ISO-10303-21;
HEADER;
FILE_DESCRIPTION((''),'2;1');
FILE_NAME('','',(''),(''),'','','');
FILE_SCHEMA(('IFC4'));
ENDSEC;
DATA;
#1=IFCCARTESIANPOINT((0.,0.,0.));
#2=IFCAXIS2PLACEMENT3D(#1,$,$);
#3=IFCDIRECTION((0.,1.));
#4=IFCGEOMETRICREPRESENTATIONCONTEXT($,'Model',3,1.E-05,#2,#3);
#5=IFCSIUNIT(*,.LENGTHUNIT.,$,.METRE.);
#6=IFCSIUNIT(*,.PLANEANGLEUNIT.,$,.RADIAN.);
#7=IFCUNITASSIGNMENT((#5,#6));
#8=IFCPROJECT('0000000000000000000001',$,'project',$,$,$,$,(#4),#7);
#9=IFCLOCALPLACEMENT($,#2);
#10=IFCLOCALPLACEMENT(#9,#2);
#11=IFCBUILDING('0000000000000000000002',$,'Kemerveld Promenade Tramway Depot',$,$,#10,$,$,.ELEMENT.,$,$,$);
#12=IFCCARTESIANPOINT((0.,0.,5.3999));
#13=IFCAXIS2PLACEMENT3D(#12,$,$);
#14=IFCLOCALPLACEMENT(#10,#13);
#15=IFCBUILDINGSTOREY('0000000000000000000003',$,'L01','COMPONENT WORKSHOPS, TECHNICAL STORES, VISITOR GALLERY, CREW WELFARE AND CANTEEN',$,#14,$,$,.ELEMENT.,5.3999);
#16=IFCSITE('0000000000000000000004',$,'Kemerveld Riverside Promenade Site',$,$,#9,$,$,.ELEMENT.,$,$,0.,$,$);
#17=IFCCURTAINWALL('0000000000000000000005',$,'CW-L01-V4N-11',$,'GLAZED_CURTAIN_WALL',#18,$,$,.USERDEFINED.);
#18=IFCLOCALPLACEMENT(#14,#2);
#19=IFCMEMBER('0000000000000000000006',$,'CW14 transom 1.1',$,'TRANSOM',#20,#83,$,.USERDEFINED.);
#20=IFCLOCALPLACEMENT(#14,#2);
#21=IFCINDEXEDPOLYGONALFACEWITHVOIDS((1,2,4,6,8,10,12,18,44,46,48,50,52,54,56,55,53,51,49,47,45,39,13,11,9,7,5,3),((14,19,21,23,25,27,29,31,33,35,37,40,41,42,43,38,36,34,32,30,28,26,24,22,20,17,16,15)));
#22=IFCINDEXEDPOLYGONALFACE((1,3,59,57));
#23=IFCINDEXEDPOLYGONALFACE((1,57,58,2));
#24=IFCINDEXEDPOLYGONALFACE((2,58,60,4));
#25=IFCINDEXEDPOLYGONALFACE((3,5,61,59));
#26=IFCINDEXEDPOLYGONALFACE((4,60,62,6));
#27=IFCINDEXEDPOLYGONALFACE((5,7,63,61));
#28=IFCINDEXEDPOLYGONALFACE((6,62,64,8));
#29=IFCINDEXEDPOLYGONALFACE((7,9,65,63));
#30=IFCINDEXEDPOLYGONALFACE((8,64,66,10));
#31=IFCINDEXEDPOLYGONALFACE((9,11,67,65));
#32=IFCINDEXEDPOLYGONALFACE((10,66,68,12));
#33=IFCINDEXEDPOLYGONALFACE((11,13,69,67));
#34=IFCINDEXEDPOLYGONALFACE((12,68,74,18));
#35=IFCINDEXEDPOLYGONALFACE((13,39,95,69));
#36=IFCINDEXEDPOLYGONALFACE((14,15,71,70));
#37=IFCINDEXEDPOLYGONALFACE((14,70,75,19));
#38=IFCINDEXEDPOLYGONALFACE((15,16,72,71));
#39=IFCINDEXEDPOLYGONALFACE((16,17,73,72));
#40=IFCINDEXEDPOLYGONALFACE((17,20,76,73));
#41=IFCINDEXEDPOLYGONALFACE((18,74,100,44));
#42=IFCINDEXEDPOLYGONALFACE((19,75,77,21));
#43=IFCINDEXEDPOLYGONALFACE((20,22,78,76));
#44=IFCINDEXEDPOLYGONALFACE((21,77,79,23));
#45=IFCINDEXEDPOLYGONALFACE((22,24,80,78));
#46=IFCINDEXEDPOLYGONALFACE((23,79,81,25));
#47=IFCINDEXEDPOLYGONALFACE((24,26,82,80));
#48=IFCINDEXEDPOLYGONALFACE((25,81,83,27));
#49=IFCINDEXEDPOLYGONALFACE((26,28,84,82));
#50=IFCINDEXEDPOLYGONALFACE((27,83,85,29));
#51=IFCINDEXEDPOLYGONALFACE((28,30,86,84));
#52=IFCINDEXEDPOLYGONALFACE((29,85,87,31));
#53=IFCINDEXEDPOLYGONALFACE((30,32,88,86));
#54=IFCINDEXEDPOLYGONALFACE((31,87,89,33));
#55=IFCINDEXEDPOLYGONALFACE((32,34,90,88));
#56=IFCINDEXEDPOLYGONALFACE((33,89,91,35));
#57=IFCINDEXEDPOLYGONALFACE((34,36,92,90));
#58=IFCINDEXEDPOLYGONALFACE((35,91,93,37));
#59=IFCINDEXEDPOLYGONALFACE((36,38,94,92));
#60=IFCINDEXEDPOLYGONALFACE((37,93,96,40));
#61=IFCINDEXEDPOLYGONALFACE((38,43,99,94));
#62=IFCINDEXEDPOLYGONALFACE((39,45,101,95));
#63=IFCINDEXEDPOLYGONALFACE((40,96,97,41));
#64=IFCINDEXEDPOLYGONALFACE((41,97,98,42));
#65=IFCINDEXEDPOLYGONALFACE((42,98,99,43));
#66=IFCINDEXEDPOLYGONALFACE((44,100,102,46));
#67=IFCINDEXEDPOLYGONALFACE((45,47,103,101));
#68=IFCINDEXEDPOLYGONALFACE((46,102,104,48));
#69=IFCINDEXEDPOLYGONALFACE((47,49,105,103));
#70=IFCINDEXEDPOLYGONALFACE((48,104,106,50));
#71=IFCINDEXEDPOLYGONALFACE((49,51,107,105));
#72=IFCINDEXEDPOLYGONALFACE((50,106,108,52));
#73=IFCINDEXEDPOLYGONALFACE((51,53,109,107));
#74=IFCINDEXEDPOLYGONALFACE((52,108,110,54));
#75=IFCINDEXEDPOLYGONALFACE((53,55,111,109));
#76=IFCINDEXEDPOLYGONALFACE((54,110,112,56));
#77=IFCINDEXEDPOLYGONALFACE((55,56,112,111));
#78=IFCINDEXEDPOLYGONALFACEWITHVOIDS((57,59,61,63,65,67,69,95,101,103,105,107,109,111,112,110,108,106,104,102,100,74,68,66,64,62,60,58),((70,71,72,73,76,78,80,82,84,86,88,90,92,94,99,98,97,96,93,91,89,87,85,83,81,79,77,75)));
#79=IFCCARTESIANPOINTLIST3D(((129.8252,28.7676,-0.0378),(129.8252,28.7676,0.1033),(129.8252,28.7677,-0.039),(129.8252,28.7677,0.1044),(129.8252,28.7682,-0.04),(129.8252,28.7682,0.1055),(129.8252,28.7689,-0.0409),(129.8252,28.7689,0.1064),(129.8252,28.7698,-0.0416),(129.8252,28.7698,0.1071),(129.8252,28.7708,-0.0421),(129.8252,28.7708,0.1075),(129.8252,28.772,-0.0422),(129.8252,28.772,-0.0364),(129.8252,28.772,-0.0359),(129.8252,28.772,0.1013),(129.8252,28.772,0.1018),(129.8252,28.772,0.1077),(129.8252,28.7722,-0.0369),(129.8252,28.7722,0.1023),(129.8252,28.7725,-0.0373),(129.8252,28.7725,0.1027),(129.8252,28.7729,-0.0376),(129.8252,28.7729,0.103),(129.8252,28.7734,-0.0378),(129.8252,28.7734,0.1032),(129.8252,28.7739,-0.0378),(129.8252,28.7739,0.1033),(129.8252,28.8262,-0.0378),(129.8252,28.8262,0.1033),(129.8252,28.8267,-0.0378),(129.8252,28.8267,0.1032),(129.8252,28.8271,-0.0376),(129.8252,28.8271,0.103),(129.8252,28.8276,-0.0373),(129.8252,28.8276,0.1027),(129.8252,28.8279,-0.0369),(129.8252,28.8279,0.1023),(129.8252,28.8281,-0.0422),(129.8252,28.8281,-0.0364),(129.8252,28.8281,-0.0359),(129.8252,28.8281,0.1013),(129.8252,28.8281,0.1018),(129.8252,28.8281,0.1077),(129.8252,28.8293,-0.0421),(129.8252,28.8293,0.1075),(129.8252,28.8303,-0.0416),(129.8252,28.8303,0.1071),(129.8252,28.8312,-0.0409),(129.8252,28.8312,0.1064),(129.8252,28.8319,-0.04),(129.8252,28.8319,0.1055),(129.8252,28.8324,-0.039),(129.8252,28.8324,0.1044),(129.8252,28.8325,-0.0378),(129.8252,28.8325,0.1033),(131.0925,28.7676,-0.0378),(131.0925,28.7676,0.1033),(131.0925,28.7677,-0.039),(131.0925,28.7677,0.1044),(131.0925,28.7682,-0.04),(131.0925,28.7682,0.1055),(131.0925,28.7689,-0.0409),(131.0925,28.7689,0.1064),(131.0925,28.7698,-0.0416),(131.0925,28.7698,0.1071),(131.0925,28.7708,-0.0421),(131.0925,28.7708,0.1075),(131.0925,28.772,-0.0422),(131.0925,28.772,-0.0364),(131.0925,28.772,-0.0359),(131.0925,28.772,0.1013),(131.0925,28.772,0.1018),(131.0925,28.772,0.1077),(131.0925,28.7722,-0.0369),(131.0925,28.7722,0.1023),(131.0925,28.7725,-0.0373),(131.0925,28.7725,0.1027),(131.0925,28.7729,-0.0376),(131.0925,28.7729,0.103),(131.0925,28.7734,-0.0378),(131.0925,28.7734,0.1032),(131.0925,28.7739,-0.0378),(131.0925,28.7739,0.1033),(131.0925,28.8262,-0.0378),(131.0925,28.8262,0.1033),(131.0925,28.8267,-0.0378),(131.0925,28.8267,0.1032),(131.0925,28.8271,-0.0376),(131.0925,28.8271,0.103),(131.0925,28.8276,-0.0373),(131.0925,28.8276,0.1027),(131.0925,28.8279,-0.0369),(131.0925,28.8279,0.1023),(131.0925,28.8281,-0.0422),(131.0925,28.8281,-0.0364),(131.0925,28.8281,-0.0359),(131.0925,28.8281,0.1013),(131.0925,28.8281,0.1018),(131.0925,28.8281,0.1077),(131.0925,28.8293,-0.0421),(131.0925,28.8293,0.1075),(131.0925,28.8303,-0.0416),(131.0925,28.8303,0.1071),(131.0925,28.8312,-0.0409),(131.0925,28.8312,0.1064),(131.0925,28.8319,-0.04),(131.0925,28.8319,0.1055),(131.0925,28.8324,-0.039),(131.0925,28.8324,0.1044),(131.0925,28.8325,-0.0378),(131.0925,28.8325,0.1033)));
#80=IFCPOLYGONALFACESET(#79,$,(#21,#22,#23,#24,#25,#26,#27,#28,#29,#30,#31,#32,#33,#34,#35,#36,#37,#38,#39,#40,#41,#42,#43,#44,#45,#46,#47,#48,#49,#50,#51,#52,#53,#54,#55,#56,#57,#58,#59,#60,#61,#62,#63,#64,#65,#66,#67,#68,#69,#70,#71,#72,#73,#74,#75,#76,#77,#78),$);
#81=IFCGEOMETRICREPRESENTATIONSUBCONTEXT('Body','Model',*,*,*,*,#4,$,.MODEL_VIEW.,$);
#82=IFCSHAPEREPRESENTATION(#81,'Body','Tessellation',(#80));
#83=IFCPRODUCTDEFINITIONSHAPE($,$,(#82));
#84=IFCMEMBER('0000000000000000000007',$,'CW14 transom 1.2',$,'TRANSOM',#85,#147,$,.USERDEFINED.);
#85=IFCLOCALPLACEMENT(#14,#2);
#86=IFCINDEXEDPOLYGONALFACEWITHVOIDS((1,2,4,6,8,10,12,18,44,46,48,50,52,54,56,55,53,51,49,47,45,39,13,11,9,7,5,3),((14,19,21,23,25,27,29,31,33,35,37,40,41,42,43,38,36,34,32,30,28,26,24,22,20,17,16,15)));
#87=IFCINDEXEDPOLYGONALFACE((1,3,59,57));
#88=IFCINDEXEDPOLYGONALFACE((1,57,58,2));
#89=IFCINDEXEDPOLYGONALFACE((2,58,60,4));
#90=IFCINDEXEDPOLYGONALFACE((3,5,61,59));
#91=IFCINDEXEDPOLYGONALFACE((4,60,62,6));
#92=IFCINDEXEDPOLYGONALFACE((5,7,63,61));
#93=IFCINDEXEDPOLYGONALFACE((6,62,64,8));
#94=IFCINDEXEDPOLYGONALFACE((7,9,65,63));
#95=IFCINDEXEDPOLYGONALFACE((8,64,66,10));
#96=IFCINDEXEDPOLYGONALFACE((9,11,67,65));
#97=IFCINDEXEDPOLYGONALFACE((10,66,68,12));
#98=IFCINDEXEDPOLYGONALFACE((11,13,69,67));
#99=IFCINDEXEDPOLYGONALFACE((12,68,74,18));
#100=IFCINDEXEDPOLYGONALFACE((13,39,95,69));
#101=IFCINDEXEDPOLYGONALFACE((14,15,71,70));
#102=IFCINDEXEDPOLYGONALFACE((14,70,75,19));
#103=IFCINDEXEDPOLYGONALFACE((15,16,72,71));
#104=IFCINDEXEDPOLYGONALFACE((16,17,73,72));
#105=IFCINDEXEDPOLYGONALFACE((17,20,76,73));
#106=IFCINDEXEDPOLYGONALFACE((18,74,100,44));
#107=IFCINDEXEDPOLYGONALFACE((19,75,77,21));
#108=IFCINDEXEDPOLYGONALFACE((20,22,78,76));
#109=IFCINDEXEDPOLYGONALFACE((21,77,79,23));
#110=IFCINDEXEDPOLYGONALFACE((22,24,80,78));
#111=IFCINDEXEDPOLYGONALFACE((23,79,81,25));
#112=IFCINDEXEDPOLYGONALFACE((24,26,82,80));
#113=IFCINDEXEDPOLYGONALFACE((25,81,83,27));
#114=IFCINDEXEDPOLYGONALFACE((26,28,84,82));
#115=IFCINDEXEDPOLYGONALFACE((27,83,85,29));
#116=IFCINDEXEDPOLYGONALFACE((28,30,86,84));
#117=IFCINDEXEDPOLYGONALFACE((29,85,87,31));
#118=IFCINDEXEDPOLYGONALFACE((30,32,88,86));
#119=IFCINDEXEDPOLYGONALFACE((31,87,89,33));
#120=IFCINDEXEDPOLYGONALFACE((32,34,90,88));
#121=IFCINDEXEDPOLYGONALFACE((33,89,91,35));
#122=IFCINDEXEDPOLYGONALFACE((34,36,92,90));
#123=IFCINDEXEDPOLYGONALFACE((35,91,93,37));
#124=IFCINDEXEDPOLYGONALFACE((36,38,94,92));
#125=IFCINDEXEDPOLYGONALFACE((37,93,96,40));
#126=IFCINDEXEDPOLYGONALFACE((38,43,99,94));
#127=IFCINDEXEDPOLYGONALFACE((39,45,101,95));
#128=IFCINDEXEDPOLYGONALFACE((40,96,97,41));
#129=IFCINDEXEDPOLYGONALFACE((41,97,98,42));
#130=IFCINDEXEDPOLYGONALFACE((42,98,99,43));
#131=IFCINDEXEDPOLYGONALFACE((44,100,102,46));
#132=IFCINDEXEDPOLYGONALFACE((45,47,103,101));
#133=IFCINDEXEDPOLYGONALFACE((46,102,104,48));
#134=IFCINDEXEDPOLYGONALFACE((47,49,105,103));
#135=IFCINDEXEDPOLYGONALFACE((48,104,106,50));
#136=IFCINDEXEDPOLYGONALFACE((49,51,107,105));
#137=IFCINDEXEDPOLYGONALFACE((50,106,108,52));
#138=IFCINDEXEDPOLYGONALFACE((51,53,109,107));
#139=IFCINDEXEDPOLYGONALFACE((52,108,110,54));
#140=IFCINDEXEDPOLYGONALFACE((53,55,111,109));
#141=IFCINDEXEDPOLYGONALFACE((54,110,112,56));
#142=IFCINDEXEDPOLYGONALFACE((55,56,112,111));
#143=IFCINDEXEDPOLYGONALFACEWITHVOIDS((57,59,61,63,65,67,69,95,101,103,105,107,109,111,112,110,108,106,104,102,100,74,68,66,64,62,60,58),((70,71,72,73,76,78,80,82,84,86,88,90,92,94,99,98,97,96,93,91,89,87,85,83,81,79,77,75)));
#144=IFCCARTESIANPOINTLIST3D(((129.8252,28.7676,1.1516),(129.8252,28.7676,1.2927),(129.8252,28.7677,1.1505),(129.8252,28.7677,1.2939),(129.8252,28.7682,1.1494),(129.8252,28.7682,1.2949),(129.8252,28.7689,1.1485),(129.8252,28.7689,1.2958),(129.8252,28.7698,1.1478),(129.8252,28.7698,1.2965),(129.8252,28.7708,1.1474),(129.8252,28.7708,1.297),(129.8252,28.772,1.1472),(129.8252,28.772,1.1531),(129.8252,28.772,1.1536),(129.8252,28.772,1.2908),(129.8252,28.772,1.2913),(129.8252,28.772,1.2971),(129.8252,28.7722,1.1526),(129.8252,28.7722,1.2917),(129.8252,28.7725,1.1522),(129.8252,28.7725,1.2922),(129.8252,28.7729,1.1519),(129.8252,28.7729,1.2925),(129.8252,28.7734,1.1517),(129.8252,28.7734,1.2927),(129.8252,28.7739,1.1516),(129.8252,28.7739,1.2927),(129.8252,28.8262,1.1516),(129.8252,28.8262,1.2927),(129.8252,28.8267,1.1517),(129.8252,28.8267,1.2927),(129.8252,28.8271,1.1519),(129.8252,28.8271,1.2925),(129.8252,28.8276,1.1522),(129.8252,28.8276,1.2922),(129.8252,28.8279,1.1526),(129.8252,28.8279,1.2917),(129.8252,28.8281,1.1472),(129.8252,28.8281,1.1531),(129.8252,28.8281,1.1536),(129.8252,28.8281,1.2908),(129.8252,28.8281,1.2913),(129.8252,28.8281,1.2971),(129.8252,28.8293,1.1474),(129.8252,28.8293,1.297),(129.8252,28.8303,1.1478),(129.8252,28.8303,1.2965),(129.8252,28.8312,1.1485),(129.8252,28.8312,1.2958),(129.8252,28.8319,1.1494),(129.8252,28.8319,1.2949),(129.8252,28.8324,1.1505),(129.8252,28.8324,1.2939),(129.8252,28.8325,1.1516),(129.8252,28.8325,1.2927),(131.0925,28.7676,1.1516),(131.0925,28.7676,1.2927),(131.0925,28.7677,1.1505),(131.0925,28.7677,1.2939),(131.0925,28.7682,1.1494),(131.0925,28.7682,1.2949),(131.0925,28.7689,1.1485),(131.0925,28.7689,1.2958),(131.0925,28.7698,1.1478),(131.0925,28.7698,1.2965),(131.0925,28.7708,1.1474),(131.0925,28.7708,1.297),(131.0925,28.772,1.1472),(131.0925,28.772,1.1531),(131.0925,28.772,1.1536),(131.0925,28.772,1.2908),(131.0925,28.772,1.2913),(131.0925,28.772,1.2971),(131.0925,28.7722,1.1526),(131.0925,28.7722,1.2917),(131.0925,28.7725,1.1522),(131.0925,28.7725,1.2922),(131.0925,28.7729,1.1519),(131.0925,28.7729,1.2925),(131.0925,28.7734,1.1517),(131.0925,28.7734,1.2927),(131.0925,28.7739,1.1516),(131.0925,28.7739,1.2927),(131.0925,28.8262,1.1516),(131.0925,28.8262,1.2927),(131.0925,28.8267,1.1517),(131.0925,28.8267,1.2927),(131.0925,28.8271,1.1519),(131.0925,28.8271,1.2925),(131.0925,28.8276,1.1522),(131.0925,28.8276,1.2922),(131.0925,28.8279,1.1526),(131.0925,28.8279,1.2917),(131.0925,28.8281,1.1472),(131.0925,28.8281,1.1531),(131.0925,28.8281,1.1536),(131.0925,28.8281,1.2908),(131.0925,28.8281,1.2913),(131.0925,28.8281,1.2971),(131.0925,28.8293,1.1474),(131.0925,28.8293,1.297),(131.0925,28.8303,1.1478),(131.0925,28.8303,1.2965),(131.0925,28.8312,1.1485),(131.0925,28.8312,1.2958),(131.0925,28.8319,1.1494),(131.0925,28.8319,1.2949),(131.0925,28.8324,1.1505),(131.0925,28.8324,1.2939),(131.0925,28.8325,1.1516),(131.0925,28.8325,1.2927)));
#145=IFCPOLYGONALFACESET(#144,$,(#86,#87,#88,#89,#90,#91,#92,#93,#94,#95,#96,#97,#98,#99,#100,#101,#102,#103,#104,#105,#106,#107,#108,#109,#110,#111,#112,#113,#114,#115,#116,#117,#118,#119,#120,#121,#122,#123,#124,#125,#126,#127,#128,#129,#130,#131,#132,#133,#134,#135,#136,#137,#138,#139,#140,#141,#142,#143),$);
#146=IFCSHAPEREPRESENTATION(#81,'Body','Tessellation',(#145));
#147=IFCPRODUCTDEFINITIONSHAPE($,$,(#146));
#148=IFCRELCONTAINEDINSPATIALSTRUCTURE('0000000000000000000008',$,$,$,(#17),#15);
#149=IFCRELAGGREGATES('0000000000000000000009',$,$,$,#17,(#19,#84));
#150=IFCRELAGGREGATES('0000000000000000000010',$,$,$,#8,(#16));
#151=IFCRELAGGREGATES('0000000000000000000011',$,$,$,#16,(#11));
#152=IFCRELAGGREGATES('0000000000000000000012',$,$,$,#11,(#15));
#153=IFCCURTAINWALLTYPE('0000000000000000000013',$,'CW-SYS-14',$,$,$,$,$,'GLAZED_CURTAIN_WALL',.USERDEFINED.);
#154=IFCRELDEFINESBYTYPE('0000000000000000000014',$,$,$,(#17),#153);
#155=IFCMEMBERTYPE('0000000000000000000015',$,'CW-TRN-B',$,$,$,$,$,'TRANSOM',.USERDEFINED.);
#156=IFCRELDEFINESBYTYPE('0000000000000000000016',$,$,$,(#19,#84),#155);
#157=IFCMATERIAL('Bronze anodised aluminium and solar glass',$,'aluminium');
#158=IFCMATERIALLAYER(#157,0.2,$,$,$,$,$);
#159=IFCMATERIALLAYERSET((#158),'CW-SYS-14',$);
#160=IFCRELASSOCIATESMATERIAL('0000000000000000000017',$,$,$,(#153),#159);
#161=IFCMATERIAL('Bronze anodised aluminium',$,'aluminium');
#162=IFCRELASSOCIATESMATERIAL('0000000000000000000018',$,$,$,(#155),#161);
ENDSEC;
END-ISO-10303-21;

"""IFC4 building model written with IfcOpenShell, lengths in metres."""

from ifc_helpers import new_model, si_unit, direction, frame, origin, origin_2d, place, context, subcontext, project, spatial, hollow_rectangle, extrude, material, layer, layer_set, material_profile, profile_set, type_object, element, aggregate, save


model = new_model("IFC4")

# Units and contexts
model_context = context("Model", 3, precision=1e-05, world=origin(), true_north=direction((0.0, 1.0)))
body_context = subcontext(model_context, "Body", "Model", "MODEL_VIEW")
ifc_project = project(units=[si_unit("LENGTHUNIT", "METRE"), si_unit("PLANEANGLEUNIT", "RADIAN")], contexts=[model_context])

# Site, building, storey
site_placement = place(None, origin())
site = spatial("IfcSite", under=ifc_project, at=site_placement, Name="Kemerveld Riverside Promenade Site", CompositionType="ELEMENT", RefElevation=0.0)
building_placement = place(site_placement, origin())
building = spatial("IfcBuilding", under=site, at=building_placement, Name="Kemerveld Promenade Tramway Depot", CompositionType="ELEMENT")
storey_placement = place(building_placement, frame((0.0, 0.0, 5.3999)))
storey = spatial("IfcBuildingStorey", under=building, at=storey_placement, Name="L01", Description="COMPONENT WORKSHOPS, TECHNICAL STORES, VISITOR GALLERY, CREW WELFARE AND CANTEEN", CompositionType="ELEMENT", Elevation=5.3999)

# Curtain wall, members
ifc_material_1 = material(Name="Bronze anodised aluminium and solar glass", Category="aluminium")
ifc_layer_1 = layer(ifc_material_1, 0.2)
ifc_layer_set_1 = layer_set([ifc_layer_1], Name="CW-SYS-14")
curtain_wall_type = type_object("IfcCurtainWallType", Name="CW-SYS-14", ElementType="GLAZED_CURTAIN_WALL", PredefinedType="USERDEFINED", material=ifc_layer_set_1)
curtain_wall_placement = place(storey_placement, origin())
curtain_wall = element("IfcCurtainWall", 1, at=curtain_wall_placement, inside=storey, type_object=curtain_wall_type, Name="CW-L01-V4N-11", ObjectType="GLAZED_CURTAIN_WALL", PredefinedType="USERDEFINED")
ifc_material_2 = material(Name="Bronze anodised aluminium", Category="aluminium")
ifc_material_profile_1 = material_profile(ifc_material_2, hollow_rectangle(XDim=0.0649, YDim=0.1499, WallThickness=0.0044, InnerFilletRadius=0.002, OuterFilletRadius=0.0044, at=origin_2d()), Name="CW-TRN-150x65")
ifc_profile_set_1 = profile_set([ifc_material_profile_1], Name="Bronze anodised aluminium")
member_type_1 = type_object("IfcMemberType", Name="CW-TRN-B", ElementType="TRANSOM", PredefinedType="USERDEFINED", material=ifc_profile_set_1)
member_1_placement = place(storey_placement, frame((129.8252, 28.8, 0.0327), z_axis=(1.0, 0.0, 0.0), x_axis=(0.0, 1.0, 0.0)))
member_1 = element("IfcMember", 2, at=member_1_placement, type_object=member_type_1, Name="CW14 transom 1.1", ObjectType="TRANSOM", PredefinedType="USERDEFINED", context=body_context, shape_type="SweptSolid", body=[
    extrude(hollow_rectangle(XDim=0.0649, YDim=0.1499, WallThickness=0.0044, InnerFilletRadius=0.002, OuterFilletRadius=0.0044, at=origin_2d()), origin(), (0.0, 0.0, 1.0), 1.2673),
])
member_2_placement = place(storey_placement, frame((129.8252, 28.8, 1.2222), z_axis=(1.0, 0.0, 0.0), x_axis=(0.0, 1.0, 0.0)))
member_2 = element("IfcMember", 3, at=member_2_placement, type_object=member_type_1, Name="CW14 transom 1.2", ObjectType="TRANSOM", PredefinedType="USERDEFINED", context=body_context, shape_type="SweptSolid", body=[
    extrude(hollow_rectangle(XDim=0.0649, YDim=0.1499, WallThickness=0.0044, InnerFilletRadius=0.002, OuterFilletRadius=0.0044, at=origin_2d()), origin(), (0.0, 0.0, 1.0), 1.2673),
])
aggregate(curtain_wall, [member_1, member_2])

save(model, "model.ifc")
